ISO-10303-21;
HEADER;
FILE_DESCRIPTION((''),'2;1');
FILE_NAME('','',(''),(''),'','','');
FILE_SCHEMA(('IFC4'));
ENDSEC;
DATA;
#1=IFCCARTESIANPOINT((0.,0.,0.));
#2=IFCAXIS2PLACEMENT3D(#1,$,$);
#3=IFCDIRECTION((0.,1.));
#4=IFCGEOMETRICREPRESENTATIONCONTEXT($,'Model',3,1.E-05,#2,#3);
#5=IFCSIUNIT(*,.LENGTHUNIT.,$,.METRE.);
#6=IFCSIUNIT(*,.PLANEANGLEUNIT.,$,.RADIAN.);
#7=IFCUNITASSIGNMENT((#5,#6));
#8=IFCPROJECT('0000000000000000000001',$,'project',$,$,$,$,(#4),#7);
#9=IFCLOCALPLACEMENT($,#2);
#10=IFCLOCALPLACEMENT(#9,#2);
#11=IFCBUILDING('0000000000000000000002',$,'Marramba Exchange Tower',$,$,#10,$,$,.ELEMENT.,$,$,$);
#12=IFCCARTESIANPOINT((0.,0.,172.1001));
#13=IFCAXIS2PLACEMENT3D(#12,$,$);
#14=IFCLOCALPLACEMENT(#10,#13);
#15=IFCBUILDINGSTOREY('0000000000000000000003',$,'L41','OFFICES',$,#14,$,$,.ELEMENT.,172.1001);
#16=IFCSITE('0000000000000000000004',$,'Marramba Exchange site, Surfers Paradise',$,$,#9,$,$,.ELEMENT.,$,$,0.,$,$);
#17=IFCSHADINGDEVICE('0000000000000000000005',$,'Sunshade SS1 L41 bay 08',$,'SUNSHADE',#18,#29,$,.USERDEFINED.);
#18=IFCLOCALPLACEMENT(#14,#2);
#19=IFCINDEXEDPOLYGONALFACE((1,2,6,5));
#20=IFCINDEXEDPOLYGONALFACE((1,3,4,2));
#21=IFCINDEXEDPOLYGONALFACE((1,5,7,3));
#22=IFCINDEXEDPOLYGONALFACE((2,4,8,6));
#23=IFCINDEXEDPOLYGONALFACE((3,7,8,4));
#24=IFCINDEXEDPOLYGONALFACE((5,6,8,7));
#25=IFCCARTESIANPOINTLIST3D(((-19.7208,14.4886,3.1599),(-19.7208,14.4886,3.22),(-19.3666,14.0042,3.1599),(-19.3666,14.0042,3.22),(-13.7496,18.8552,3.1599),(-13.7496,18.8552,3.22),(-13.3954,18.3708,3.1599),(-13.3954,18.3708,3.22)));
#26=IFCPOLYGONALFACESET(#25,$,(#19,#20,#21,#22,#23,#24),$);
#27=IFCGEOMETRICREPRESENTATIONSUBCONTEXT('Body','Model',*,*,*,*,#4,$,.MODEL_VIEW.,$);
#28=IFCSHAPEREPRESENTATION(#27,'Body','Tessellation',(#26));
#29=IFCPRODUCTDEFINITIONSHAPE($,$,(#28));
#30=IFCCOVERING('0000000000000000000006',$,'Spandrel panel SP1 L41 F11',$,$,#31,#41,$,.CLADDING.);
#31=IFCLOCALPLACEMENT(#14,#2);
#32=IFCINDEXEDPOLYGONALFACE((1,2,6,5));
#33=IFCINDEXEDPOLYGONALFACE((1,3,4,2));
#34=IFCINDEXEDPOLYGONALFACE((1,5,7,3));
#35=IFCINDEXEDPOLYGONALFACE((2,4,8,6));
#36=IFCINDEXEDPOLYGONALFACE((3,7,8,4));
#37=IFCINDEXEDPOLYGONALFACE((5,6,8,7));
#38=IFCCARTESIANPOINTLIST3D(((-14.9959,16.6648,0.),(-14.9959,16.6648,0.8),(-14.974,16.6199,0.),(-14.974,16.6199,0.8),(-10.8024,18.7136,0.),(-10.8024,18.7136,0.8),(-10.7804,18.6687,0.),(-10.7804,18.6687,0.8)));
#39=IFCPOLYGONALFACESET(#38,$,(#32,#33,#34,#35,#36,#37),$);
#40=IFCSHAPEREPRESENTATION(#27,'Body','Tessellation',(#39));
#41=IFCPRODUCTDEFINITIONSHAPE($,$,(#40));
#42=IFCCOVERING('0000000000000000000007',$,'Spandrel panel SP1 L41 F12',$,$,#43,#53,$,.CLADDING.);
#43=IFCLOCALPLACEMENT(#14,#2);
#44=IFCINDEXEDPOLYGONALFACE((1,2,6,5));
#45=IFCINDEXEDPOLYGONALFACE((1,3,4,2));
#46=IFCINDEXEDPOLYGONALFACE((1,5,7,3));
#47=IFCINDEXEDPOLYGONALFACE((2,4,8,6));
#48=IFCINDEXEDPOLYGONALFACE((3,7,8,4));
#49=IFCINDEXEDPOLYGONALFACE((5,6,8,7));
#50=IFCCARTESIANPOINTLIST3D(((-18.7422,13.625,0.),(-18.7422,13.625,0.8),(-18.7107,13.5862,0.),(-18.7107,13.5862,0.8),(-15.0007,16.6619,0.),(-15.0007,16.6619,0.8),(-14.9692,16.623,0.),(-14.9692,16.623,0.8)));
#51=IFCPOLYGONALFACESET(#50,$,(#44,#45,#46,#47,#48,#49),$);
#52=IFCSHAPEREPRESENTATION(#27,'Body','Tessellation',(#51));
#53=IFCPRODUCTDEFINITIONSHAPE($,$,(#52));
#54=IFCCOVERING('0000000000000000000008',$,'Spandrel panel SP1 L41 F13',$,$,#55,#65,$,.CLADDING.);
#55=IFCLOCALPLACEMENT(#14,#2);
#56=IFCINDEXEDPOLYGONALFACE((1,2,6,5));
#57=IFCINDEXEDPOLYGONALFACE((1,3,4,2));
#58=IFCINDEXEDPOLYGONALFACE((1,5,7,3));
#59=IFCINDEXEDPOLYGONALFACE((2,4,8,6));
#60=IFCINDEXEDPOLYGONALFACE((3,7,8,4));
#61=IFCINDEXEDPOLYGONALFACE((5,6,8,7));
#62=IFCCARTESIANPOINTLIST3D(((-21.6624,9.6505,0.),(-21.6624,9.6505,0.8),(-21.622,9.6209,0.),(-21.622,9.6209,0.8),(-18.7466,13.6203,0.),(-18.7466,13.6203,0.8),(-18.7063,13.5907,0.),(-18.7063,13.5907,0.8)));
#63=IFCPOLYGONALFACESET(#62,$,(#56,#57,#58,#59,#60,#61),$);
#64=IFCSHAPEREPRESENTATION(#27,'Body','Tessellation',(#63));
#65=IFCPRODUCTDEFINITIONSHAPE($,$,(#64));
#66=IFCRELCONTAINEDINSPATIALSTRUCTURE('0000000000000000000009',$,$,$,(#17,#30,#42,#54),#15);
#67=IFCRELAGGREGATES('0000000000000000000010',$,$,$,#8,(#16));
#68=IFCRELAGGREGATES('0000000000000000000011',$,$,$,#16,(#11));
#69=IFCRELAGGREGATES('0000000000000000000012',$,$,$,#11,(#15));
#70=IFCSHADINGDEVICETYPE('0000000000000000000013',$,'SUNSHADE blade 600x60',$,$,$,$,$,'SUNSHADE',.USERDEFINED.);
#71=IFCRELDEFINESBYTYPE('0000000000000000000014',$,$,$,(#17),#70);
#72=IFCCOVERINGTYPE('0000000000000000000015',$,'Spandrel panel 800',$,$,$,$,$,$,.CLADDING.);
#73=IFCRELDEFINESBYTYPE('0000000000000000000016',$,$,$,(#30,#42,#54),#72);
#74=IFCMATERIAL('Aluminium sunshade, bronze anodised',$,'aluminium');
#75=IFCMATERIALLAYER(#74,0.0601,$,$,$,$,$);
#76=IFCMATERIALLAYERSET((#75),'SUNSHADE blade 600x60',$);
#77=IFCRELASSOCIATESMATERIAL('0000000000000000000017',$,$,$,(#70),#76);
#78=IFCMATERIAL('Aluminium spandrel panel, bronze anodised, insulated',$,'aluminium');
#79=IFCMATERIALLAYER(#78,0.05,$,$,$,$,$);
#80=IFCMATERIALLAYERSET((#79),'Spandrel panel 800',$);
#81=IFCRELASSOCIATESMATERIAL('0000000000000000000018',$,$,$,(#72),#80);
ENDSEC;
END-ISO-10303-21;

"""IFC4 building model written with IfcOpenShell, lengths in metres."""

from ifc_helpers import new_model, si_unit, direction, frame, origin, origin_2d, place, context, subcontext, project, spatial, rectangle, extrude, material, layer, layer_set, type_object, element, save


model = new_model("IFC4")

# Units and contexts
model_context = context("Model", 3, precision=1e-05, world=origin(), true_north=direction((0.0, 1.0)))
body_context = subcontext(model_context, "Body", "Model", "MODEL_VIEW")
ifc_project = project(units=[si_unit("LENGTHUNIT", "METRE"), si_unit("PLANEANGLEUNIT", "RADIAN")], contexts=[model_context])

# Site, building, storey
site_placement = place(None, origin())
site = spatial("IfcSite", under=ifc_project, at=site_placement, Name="Marramba Exchange site, Surfers Paradise", CompositionType="ELEMENT", RefElevation=0.0)
building_placement = place(site_placement, origin())
building = spatial("IfcBuilding", under=site, at=building_placement, Name="Marramba Exchange Tower", CompositionType="ELEMENT")
storey_placement = place(building_placement, frame((0.0, 0.0, 172.1001)))
storey = spatial("IfcBuildingStorey", under=building, at=storey_placement, Name="L41", Description="OFFICES", CompositionType="ELEMENT", Elevation=172.1001)

# Shading device
ifc_material_1 = material(Name="Aluminium sunshade, bronze anodised", Category="aluminium")
ifc_layer_1 = layer(ifc_material_1, 0.0601)
ifc_layer_set_1 = layer_set([ifc_layer_1], Name="SUNSHADE blade 600x60")
shading_device_type_1 = type_object("IfcShadingDeviceType", Name="SUNSHADE blade 600x60", ElementType="SUNSHADE", PredefinedType="USERDEFINED", material=ifc_layer_set_1)
shading_device_placement = place(storey_placement, frame((-16.5581, 16.4297, 3.1599), z_axis=(0.0, 0.0, 1.0), x_axis=(-0.807194, -0.590286, 0.0)))
element("IfcShadingDevice", 1, at=shading_device_placement, inside=storey, type_object=shading_device_type_1, Name="Sunshade SS1 L41 bay 08", ObjectType="SUNSHADE", PredefinedType="USERDEFINED", context=body_context, shape_type="SweptSolid", body=[
    extrude(rectangle(XDim=7.3975, YDim=0.6001, at=origin_2d()), origin(), (0.0, 0.0, 1.0), 0.0601),
])

# Coverings
ifc_material_2 = material(Name="Aluminium spandrel panel, bronze anodised, insulated", Category="aluminium")
ifc_layer_2 = layer(ifc_material_2, 0.05)
ifc_layer_set_2 = layer_set([ifc_layer_2], Name="Spandrel panel 800")
covering_type = type_object("IfcCoveringType", Name="Spandrel panel 800", PredefinedType="CLADDING", material=ifc_layer_set_2)
covering_1_placement = place(storey_placement, frame((-12.8882, 17.6667, 0.0), z_axis=(0.0, 0.0, 1.0), x_axis=(-0.898501, -0.438972, 0.0)))
element("IfcCovering", 2, at=covering_1_placement, inside=storey, type_object=covering_type, Name="Spandrel panel SP1 L41 F11", PredefinedType="CLADDING", context=body_context, shape_type="SweptSolid", body=[
    extrude(rectangle(XDim=4.6672, YDim=0.05, at=origin_2d()), origin(), (0.0, 0.0, 1.0), 0.8),
])
covering_2_placement = place(storey_placement, frame((-16.8557, 15.124, 0.0), z_axis=(0.0, 0.0, 1.0), x_axis=(-0.776432, -0.630201, 0.0)))
element("IfcCovering", 3, at=covering_2_placement, inside=storey, type_object=covering_type, Name="Spandrel panel SP1 L41 F12", PredefinedType="CLADDING", context=body_context, shape_type="SweptSolid", body=[
    extrude(rectangle(XDim=4.8188, YDim=0.05, at=origin_2d()), origin(), (0.0, 0.0, 1.0), 0.8),
])
covering_3_placement = place(storey_placement, frame((-20.1843, 11.6206, 0.0), z_axis=(0.0, 0.0, 1.0), x_axis=(-0.591963, -0.805965, 0.0)))
element("IfcCovering", 4, at=covering_3_placement, inside=storey, type_object=covering_type, Name="Spandrel panel SP1 L41 F13", PredefinedType="CLADDING", context=body_context, shape_type="SweptSolid", body=[
    extrude(rectangle(XDim=4.9255, YDim=0.05, at=origin_2d()), origin(), (0.0, 0.0, 1.0), 0.8),
])

save(model, "model.ifc")
